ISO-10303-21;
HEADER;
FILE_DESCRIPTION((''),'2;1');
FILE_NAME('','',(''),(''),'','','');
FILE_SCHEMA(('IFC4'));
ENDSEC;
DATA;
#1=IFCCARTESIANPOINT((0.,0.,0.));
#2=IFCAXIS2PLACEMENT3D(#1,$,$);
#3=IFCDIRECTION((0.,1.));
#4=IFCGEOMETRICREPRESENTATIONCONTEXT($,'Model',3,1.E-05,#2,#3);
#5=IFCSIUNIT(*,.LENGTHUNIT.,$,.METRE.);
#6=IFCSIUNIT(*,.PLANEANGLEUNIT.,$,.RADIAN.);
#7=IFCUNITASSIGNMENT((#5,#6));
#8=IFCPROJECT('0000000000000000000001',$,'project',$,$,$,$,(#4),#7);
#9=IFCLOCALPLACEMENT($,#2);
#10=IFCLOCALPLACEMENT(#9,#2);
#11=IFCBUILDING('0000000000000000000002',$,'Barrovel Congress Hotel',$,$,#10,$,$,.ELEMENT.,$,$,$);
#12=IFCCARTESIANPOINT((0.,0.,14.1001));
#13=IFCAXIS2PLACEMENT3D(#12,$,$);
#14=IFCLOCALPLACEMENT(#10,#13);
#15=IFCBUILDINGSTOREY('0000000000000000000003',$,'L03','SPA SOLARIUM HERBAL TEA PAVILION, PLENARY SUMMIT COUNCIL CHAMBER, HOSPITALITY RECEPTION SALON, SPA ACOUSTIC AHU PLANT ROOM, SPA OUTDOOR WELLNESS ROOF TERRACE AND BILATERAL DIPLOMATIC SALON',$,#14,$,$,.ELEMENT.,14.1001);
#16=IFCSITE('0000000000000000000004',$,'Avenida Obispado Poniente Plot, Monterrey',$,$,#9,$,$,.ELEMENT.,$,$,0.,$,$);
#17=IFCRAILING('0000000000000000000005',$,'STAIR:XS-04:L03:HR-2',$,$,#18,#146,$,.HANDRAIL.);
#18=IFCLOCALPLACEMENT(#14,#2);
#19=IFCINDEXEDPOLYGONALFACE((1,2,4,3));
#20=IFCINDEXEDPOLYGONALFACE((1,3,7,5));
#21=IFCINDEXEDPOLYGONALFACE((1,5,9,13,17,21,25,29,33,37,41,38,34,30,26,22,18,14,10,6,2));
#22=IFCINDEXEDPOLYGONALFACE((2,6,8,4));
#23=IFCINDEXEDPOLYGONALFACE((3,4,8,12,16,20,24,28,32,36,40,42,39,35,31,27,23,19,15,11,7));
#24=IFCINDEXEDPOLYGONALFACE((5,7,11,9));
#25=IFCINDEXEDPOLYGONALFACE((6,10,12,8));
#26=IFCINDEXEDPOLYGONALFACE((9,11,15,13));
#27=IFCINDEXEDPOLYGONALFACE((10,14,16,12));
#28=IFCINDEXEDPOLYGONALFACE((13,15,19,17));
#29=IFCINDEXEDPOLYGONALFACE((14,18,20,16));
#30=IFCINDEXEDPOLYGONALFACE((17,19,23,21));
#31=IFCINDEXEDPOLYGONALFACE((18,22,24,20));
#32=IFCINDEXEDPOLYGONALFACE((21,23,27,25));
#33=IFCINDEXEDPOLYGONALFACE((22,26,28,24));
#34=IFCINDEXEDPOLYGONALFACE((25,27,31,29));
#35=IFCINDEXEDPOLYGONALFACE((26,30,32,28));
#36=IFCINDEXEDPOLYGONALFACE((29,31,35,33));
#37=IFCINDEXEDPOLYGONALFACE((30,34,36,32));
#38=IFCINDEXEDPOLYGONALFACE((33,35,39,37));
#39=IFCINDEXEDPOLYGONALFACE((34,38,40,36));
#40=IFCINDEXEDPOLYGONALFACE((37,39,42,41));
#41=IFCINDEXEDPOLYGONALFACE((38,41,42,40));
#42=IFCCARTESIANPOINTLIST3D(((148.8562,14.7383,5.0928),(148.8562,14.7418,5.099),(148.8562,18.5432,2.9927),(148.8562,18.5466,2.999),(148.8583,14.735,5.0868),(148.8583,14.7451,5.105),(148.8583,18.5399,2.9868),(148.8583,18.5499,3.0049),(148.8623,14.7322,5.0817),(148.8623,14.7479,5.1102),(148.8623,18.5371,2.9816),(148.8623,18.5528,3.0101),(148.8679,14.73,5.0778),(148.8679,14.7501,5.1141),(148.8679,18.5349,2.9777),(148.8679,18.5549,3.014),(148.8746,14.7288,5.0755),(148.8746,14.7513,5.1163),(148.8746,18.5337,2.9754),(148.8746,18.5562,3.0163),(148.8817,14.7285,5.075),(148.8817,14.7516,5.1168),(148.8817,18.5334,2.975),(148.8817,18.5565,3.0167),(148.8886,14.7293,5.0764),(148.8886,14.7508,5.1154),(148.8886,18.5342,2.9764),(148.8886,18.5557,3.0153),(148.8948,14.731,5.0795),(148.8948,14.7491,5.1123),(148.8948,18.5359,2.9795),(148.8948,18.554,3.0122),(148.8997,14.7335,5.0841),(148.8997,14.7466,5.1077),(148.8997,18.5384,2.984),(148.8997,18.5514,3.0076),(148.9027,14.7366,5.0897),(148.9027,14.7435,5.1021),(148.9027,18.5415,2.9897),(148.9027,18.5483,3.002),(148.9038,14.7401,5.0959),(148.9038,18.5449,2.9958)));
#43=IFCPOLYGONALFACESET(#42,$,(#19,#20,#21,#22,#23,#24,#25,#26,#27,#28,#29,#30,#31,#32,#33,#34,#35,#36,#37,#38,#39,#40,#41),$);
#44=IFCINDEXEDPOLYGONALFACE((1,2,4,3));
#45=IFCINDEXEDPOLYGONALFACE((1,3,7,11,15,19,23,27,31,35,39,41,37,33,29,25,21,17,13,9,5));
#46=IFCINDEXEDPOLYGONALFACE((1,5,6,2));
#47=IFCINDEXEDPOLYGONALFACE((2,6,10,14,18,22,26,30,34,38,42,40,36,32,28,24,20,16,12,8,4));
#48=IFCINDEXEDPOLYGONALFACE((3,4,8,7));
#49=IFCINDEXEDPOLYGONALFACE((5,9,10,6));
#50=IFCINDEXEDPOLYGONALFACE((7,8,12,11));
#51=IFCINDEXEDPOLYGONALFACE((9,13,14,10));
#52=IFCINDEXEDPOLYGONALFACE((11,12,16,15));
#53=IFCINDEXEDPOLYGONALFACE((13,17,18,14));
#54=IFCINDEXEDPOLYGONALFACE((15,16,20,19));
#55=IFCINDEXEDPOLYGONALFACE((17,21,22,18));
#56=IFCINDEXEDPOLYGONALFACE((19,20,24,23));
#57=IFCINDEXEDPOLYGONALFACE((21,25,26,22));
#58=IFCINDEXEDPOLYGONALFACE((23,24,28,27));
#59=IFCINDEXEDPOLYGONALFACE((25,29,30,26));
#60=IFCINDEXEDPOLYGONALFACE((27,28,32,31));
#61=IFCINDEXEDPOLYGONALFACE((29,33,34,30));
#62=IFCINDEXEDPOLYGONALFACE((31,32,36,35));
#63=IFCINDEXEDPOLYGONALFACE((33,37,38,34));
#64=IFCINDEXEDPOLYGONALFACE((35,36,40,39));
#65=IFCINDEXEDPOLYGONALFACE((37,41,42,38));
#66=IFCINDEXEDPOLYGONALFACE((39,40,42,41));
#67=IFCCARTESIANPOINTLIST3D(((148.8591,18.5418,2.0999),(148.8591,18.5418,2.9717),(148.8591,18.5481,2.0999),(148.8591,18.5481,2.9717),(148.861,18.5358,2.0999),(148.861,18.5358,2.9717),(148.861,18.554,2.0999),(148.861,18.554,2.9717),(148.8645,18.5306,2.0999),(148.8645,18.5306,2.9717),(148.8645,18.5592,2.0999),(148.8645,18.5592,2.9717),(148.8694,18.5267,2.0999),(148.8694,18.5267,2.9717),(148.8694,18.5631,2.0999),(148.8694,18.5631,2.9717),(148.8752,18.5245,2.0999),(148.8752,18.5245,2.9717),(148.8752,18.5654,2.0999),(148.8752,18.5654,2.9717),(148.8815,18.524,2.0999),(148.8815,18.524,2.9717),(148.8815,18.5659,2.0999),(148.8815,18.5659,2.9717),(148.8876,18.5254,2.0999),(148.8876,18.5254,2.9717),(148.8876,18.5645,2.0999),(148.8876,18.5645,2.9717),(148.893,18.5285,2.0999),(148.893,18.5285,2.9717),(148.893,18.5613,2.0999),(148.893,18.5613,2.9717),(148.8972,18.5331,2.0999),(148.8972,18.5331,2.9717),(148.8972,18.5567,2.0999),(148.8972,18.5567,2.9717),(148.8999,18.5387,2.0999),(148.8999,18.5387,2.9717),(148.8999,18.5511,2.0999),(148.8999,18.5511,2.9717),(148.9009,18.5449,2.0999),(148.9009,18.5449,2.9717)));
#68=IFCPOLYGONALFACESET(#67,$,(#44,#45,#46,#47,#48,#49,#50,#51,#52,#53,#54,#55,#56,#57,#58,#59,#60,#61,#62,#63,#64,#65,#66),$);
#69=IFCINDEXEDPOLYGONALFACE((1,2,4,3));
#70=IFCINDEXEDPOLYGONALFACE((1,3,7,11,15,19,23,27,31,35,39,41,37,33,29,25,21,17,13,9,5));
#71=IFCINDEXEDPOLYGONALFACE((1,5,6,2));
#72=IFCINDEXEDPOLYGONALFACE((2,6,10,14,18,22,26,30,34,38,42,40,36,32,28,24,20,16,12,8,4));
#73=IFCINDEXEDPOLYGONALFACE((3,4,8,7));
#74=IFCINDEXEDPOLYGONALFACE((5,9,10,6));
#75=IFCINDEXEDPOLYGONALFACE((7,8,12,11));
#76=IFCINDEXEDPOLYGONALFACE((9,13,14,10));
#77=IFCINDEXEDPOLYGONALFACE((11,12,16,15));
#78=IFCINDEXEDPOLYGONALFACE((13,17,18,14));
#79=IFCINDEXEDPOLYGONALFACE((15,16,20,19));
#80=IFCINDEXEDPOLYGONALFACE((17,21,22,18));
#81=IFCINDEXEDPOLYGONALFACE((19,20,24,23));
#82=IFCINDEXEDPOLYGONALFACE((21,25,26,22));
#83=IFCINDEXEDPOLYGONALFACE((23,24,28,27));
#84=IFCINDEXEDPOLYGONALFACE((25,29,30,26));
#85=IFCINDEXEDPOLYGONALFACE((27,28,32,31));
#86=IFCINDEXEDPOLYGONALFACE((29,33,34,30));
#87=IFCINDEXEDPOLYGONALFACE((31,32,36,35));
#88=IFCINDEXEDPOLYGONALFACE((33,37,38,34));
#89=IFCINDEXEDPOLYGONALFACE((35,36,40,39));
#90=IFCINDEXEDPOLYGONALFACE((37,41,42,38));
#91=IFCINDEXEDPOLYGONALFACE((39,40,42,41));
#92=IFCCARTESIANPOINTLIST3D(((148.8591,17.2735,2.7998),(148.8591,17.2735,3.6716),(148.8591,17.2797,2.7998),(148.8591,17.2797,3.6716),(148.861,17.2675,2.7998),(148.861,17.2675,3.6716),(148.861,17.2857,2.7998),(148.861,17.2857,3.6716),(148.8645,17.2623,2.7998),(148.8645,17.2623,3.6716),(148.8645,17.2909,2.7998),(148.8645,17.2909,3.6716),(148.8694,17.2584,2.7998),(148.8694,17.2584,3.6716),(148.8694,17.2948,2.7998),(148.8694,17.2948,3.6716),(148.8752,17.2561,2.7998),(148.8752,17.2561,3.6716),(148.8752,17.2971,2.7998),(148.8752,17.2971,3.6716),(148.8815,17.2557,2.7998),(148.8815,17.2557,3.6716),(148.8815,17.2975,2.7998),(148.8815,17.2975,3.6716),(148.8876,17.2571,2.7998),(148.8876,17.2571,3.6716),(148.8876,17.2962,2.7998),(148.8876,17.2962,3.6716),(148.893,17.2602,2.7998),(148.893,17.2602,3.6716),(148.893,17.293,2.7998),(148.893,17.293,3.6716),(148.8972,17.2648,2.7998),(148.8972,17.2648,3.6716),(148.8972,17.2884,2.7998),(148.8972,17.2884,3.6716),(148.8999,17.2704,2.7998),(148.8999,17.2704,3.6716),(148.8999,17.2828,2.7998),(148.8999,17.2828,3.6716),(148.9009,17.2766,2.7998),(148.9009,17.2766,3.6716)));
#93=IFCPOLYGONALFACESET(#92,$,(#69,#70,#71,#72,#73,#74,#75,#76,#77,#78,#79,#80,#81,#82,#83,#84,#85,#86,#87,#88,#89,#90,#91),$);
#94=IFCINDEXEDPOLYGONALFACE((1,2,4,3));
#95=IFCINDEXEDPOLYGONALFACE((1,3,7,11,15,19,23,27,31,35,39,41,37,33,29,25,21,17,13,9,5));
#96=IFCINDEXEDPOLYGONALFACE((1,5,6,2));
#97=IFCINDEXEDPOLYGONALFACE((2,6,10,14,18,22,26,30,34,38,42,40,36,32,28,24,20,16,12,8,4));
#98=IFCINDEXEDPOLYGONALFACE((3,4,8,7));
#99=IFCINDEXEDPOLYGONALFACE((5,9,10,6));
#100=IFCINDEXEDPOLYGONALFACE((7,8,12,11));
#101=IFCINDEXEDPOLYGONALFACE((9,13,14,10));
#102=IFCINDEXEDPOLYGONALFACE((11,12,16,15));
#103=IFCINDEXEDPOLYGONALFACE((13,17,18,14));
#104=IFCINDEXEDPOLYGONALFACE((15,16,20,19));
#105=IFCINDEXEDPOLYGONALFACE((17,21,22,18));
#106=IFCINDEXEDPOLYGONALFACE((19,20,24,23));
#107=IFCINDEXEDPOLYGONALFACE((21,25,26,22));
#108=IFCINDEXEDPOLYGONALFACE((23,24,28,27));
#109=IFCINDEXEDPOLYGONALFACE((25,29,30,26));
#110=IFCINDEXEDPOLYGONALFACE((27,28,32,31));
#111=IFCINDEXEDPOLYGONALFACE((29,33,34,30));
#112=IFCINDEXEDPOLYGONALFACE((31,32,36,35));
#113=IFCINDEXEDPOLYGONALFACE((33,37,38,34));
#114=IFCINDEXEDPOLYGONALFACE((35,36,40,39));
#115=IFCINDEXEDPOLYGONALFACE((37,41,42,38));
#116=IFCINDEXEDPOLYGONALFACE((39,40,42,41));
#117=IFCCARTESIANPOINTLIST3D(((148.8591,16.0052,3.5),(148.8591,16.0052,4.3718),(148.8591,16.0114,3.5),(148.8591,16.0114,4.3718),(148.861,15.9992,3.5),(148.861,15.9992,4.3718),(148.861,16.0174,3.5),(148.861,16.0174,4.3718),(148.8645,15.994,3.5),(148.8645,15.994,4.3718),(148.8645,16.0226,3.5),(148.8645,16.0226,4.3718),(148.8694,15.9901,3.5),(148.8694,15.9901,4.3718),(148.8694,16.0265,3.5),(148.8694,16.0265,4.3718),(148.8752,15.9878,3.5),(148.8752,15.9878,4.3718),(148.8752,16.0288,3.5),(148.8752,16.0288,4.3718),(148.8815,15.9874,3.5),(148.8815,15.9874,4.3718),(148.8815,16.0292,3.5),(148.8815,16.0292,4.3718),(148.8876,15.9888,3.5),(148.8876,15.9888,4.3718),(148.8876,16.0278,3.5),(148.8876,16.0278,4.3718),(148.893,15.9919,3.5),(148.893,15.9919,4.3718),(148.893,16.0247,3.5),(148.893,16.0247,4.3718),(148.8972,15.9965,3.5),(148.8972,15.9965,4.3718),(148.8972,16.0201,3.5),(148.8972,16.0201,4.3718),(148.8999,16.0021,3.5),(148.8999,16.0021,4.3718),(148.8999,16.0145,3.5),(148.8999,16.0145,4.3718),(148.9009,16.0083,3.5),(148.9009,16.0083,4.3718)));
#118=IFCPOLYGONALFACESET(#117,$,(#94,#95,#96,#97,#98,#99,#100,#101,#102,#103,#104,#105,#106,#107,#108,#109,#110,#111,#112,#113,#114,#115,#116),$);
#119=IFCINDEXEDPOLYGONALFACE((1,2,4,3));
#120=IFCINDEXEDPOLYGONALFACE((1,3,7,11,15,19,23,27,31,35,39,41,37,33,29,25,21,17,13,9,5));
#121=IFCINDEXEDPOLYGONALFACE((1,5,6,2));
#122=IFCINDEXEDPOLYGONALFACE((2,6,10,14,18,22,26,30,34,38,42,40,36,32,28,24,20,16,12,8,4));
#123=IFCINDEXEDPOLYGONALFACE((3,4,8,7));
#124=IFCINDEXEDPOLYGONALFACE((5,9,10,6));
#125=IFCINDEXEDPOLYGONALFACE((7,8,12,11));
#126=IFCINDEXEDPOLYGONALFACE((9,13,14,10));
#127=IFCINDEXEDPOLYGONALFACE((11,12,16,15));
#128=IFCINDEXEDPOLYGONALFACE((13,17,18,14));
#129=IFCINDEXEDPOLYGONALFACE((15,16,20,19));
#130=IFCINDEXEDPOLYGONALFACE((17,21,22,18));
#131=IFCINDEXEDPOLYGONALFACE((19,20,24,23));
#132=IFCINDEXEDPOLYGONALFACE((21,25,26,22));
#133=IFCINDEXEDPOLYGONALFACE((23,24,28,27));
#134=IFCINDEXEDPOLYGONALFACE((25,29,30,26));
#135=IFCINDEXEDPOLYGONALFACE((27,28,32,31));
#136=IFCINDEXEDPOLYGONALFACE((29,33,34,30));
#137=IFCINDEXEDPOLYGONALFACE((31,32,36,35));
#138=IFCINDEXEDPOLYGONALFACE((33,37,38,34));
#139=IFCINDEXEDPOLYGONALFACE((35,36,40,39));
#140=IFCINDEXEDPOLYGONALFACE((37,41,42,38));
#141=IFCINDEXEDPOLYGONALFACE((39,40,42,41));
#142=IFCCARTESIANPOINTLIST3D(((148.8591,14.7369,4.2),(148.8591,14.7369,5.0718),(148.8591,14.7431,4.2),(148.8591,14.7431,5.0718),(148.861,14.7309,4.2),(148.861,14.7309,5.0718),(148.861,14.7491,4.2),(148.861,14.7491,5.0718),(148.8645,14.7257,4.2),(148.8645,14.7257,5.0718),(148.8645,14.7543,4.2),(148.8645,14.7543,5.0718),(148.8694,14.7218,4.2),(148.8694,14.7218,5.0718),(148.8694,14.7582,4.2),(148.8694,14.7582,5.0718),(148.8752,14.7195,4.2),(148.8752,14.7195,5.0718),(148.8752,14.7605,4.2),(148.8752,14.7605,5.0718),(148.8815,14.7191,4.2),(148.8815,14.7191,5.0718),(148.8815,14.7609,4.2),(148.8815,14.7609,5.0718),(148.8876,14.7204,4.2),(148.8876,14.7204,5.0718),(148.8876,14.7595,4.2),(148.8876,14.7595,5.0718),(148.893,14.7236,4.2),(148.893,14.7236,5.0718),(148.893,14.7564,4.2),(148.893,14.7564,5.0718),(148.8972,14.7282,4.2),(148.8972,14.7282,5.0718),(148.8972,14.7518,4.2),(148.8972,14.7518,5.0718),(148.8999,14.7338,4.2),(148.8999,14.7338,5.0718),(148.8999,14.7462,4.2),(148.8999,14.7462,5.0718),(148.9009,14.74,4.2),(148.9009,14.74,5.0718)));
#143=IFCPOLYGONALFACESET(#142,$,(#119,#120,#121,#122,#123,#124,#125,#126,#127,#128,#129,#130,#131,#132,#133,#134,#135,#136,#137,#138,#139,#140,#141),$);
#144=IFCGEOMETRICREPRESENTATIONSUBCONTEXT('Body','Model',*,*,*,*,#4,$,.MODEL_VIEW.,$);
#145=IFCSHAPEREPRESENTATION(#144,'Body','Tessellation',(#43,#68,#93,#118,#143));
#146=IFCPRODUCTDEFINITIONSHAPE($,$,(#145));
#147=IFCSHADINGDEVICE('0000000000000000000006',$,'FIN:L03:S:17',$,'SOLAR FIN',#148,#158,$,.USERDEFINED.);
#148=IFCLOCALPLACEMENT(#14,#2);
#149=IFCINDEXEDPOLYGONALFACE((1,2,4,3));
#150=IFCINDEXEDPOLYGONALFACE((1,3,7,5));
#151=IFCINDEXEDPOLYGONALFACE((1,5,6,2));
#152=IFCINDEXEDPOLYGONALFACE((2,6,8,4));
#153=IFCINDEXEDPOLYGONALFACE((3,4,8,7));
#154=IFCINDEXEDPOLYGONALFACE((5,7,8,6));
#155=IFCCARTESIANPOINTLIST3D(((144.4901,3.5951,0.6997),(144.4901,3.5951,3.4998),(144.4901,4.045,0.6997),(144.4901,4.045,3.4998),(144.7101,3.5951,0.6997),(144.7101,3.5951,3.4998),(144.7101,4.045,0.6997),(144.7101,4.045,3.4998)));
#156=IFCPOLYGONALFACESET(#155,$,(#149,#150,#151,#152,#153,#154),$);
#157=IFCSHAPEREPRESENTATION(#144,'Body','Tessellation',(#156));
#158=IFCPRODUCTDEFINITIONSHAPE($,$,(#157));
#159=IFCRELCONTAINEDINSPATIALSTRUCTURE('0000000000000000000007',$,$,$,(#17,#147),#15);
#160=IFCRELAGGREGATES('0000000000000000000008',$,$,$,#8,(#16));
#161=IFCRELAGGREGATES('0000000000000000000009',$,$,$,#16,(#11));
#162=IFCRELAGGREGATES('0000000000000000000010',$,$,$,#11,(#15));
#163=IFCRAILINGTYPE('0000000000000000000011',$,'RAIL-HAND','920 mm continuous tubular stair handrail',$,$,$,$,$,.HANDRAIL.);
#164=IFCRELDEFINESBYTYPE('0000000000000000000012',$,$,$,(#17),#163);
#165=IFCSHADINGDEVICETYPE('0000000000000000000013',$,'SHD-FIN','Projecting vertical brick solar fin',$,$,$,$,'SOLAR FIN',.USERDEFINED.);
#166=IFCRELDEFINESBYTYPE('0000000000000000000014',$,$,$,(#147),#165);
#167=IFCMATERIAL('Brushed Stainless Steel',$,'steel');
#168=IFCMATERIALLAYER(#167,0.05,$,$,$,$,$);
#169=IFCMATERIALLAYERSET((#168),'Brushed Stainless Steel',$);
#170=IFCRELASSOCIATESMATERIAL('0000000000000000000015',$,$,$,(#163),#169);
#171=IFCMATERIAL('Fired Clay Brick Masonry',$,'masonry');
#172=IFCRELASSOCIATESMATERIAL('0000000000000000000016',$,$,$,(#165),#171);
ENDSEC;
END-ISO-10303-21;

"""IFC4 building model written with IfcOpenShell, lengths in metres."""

from ifc_helpers import new_model, si_unit, direction, frame, origin, origin_2d, place, context, subcontext, project, spatial, rectangle, circle, extrude, material, layer, layer_set, type_object, element, save


model = new_model("IFC4")

# Units and contexts
model_context = context("Model", 3, precision=1e-05, world=origin(), true_north=direction((0.0, 1.0)))
body_context = subcontext(model_context, "Body", "Model", "MODEL_VIEW")
ifc_project = project(units=[si_unit("LENGTHUNIT", "METRE"), si_unit("PLANEANGLEUNIT", "RADIAN")], contexts=[model_context])

# Site, building, storey
site_placement = place(None, origin())
site = spatial("IfcSite", under=ifc_project, at=site_placement, Name="Avenida Obispado Poniente Plot, Monterrey", CompositionType="ELEMENT", RefElevation=0.0)
building_placement = place(site_placement, origin())
building = spatial("IfcBuilding", under=site, at=building_placement, Name="Barrovel Congress Hotel", CompositionType="ELEMENT")
storey_placement = place(building_placement, frame((0.0, 0.0, 14.1001)))
storey = spatial("IfcBuildingStorey", under=building, at=storey_placement, Name="L03", Description="SPA SOLARIUM HERBAL TEA PAVILION, PLENARY SUMMIT COUNCIL CHAMBER, HOSPITALITY RECEPTION SALON, SPA ACOUSTIC AHU PLANT ROOM, SPA OUTDOOR WELLNESS ROOF TERRACE AND BILATERAL DIPLOMATIC SALON", CompositionType="ELEMENT", Elevation=14.1001)

# Shared definitions
ifc_material_1 = material(Name="Fired Clay Brick Masonry", Category="masonry")

# Railing
ifc_material_2 = material(Name="Brushed Stainless Steel", Category="steel")
ifc_layer_1 = layer(ifc_material_2, 0.05)
ifc_layer_set_1 = layer_set([ifc_layer_1], Name="Brushed Stainless Steel")
railing_type_1 = type_object("IfcRailingType", Name="RAIL-HAND", Description="920 mm continuous tubular stair handrail", PredefinedType="HANDRAIL", material=ifc_layer_set_1)
railing_1_placement = place(storey_placement, frame((148.8799, 18.5449, 2.0999)))
element("IfcRailing", 1, at=railing_1_placement, inside=storey, type_object=railing_type_1, Name="STAIR:XS-04:L03:HR-2", PredefinedType="HANDRAIL", context=body_context, shape_type="SweptSolid", body=[
    extrude(circle(Radius=0.0239, at=origin_2d()), frame((0.0, 0.0, 0.896), z_axis=(0.0, -0.875497, 0.483223), x_axis=(1.0, 0.0, 0.0)), (0.0, 0.0, 1.0), 4.3459),
    extrude(circle(Radius=0.021, at=origin_2d()), origin(), (0.0, 0.0, 1.0), 0.8718),
    extrude(circle(Radius=0.021, at=origin_2d()), frame((0.0, -1.2683, 0.7)), (0.0, 0.0, 1.0), 0.8718),
    extrude(circle(Radius=0.021, at=origin_2d()), frame((0.0, -2.5366, 1.4001)), (0.0, 0.0, 1.0), 0.8718),
    extrude(circle(Radius=0.021, at=origin_2d()), frame((0.0, -3.8049, 2.1001)), (0.0, 0.0, 1.0), 0.8718),
])

# Shading device
shading_device_type = type_object("IfcShadingDeviceType", Name="SHD-FIN", Description="Projecting vertical brick solar fin", ElementType="SOLAR FIN", PredefinedType="USERDEFINED", material=ifc_material_1)
shading_device_placement = place(storey_placement, frame((144.6001, 3.8201, 0.6997), z_axis=(0.0, 0.0, 1.0), x_axis=(1.0, 0.0, 0.0)))
element("IfcShadingDevice", 2, at=shading_device_placement, inside=storey, type_object=shading_device_type, Name="FIN:L03:S:17", ObjectType="SOLAR FIN", PredefinedType="USERDEFINED", context=body_context, shape_type="SweptSolid", body=[
    extrude(rectangle(XDim=0.22, YDim=0.45, at=origin_2d()), origin(), (0.0, 0.0, 1.0), 2.8),
])

save(model, "model.ifc")
